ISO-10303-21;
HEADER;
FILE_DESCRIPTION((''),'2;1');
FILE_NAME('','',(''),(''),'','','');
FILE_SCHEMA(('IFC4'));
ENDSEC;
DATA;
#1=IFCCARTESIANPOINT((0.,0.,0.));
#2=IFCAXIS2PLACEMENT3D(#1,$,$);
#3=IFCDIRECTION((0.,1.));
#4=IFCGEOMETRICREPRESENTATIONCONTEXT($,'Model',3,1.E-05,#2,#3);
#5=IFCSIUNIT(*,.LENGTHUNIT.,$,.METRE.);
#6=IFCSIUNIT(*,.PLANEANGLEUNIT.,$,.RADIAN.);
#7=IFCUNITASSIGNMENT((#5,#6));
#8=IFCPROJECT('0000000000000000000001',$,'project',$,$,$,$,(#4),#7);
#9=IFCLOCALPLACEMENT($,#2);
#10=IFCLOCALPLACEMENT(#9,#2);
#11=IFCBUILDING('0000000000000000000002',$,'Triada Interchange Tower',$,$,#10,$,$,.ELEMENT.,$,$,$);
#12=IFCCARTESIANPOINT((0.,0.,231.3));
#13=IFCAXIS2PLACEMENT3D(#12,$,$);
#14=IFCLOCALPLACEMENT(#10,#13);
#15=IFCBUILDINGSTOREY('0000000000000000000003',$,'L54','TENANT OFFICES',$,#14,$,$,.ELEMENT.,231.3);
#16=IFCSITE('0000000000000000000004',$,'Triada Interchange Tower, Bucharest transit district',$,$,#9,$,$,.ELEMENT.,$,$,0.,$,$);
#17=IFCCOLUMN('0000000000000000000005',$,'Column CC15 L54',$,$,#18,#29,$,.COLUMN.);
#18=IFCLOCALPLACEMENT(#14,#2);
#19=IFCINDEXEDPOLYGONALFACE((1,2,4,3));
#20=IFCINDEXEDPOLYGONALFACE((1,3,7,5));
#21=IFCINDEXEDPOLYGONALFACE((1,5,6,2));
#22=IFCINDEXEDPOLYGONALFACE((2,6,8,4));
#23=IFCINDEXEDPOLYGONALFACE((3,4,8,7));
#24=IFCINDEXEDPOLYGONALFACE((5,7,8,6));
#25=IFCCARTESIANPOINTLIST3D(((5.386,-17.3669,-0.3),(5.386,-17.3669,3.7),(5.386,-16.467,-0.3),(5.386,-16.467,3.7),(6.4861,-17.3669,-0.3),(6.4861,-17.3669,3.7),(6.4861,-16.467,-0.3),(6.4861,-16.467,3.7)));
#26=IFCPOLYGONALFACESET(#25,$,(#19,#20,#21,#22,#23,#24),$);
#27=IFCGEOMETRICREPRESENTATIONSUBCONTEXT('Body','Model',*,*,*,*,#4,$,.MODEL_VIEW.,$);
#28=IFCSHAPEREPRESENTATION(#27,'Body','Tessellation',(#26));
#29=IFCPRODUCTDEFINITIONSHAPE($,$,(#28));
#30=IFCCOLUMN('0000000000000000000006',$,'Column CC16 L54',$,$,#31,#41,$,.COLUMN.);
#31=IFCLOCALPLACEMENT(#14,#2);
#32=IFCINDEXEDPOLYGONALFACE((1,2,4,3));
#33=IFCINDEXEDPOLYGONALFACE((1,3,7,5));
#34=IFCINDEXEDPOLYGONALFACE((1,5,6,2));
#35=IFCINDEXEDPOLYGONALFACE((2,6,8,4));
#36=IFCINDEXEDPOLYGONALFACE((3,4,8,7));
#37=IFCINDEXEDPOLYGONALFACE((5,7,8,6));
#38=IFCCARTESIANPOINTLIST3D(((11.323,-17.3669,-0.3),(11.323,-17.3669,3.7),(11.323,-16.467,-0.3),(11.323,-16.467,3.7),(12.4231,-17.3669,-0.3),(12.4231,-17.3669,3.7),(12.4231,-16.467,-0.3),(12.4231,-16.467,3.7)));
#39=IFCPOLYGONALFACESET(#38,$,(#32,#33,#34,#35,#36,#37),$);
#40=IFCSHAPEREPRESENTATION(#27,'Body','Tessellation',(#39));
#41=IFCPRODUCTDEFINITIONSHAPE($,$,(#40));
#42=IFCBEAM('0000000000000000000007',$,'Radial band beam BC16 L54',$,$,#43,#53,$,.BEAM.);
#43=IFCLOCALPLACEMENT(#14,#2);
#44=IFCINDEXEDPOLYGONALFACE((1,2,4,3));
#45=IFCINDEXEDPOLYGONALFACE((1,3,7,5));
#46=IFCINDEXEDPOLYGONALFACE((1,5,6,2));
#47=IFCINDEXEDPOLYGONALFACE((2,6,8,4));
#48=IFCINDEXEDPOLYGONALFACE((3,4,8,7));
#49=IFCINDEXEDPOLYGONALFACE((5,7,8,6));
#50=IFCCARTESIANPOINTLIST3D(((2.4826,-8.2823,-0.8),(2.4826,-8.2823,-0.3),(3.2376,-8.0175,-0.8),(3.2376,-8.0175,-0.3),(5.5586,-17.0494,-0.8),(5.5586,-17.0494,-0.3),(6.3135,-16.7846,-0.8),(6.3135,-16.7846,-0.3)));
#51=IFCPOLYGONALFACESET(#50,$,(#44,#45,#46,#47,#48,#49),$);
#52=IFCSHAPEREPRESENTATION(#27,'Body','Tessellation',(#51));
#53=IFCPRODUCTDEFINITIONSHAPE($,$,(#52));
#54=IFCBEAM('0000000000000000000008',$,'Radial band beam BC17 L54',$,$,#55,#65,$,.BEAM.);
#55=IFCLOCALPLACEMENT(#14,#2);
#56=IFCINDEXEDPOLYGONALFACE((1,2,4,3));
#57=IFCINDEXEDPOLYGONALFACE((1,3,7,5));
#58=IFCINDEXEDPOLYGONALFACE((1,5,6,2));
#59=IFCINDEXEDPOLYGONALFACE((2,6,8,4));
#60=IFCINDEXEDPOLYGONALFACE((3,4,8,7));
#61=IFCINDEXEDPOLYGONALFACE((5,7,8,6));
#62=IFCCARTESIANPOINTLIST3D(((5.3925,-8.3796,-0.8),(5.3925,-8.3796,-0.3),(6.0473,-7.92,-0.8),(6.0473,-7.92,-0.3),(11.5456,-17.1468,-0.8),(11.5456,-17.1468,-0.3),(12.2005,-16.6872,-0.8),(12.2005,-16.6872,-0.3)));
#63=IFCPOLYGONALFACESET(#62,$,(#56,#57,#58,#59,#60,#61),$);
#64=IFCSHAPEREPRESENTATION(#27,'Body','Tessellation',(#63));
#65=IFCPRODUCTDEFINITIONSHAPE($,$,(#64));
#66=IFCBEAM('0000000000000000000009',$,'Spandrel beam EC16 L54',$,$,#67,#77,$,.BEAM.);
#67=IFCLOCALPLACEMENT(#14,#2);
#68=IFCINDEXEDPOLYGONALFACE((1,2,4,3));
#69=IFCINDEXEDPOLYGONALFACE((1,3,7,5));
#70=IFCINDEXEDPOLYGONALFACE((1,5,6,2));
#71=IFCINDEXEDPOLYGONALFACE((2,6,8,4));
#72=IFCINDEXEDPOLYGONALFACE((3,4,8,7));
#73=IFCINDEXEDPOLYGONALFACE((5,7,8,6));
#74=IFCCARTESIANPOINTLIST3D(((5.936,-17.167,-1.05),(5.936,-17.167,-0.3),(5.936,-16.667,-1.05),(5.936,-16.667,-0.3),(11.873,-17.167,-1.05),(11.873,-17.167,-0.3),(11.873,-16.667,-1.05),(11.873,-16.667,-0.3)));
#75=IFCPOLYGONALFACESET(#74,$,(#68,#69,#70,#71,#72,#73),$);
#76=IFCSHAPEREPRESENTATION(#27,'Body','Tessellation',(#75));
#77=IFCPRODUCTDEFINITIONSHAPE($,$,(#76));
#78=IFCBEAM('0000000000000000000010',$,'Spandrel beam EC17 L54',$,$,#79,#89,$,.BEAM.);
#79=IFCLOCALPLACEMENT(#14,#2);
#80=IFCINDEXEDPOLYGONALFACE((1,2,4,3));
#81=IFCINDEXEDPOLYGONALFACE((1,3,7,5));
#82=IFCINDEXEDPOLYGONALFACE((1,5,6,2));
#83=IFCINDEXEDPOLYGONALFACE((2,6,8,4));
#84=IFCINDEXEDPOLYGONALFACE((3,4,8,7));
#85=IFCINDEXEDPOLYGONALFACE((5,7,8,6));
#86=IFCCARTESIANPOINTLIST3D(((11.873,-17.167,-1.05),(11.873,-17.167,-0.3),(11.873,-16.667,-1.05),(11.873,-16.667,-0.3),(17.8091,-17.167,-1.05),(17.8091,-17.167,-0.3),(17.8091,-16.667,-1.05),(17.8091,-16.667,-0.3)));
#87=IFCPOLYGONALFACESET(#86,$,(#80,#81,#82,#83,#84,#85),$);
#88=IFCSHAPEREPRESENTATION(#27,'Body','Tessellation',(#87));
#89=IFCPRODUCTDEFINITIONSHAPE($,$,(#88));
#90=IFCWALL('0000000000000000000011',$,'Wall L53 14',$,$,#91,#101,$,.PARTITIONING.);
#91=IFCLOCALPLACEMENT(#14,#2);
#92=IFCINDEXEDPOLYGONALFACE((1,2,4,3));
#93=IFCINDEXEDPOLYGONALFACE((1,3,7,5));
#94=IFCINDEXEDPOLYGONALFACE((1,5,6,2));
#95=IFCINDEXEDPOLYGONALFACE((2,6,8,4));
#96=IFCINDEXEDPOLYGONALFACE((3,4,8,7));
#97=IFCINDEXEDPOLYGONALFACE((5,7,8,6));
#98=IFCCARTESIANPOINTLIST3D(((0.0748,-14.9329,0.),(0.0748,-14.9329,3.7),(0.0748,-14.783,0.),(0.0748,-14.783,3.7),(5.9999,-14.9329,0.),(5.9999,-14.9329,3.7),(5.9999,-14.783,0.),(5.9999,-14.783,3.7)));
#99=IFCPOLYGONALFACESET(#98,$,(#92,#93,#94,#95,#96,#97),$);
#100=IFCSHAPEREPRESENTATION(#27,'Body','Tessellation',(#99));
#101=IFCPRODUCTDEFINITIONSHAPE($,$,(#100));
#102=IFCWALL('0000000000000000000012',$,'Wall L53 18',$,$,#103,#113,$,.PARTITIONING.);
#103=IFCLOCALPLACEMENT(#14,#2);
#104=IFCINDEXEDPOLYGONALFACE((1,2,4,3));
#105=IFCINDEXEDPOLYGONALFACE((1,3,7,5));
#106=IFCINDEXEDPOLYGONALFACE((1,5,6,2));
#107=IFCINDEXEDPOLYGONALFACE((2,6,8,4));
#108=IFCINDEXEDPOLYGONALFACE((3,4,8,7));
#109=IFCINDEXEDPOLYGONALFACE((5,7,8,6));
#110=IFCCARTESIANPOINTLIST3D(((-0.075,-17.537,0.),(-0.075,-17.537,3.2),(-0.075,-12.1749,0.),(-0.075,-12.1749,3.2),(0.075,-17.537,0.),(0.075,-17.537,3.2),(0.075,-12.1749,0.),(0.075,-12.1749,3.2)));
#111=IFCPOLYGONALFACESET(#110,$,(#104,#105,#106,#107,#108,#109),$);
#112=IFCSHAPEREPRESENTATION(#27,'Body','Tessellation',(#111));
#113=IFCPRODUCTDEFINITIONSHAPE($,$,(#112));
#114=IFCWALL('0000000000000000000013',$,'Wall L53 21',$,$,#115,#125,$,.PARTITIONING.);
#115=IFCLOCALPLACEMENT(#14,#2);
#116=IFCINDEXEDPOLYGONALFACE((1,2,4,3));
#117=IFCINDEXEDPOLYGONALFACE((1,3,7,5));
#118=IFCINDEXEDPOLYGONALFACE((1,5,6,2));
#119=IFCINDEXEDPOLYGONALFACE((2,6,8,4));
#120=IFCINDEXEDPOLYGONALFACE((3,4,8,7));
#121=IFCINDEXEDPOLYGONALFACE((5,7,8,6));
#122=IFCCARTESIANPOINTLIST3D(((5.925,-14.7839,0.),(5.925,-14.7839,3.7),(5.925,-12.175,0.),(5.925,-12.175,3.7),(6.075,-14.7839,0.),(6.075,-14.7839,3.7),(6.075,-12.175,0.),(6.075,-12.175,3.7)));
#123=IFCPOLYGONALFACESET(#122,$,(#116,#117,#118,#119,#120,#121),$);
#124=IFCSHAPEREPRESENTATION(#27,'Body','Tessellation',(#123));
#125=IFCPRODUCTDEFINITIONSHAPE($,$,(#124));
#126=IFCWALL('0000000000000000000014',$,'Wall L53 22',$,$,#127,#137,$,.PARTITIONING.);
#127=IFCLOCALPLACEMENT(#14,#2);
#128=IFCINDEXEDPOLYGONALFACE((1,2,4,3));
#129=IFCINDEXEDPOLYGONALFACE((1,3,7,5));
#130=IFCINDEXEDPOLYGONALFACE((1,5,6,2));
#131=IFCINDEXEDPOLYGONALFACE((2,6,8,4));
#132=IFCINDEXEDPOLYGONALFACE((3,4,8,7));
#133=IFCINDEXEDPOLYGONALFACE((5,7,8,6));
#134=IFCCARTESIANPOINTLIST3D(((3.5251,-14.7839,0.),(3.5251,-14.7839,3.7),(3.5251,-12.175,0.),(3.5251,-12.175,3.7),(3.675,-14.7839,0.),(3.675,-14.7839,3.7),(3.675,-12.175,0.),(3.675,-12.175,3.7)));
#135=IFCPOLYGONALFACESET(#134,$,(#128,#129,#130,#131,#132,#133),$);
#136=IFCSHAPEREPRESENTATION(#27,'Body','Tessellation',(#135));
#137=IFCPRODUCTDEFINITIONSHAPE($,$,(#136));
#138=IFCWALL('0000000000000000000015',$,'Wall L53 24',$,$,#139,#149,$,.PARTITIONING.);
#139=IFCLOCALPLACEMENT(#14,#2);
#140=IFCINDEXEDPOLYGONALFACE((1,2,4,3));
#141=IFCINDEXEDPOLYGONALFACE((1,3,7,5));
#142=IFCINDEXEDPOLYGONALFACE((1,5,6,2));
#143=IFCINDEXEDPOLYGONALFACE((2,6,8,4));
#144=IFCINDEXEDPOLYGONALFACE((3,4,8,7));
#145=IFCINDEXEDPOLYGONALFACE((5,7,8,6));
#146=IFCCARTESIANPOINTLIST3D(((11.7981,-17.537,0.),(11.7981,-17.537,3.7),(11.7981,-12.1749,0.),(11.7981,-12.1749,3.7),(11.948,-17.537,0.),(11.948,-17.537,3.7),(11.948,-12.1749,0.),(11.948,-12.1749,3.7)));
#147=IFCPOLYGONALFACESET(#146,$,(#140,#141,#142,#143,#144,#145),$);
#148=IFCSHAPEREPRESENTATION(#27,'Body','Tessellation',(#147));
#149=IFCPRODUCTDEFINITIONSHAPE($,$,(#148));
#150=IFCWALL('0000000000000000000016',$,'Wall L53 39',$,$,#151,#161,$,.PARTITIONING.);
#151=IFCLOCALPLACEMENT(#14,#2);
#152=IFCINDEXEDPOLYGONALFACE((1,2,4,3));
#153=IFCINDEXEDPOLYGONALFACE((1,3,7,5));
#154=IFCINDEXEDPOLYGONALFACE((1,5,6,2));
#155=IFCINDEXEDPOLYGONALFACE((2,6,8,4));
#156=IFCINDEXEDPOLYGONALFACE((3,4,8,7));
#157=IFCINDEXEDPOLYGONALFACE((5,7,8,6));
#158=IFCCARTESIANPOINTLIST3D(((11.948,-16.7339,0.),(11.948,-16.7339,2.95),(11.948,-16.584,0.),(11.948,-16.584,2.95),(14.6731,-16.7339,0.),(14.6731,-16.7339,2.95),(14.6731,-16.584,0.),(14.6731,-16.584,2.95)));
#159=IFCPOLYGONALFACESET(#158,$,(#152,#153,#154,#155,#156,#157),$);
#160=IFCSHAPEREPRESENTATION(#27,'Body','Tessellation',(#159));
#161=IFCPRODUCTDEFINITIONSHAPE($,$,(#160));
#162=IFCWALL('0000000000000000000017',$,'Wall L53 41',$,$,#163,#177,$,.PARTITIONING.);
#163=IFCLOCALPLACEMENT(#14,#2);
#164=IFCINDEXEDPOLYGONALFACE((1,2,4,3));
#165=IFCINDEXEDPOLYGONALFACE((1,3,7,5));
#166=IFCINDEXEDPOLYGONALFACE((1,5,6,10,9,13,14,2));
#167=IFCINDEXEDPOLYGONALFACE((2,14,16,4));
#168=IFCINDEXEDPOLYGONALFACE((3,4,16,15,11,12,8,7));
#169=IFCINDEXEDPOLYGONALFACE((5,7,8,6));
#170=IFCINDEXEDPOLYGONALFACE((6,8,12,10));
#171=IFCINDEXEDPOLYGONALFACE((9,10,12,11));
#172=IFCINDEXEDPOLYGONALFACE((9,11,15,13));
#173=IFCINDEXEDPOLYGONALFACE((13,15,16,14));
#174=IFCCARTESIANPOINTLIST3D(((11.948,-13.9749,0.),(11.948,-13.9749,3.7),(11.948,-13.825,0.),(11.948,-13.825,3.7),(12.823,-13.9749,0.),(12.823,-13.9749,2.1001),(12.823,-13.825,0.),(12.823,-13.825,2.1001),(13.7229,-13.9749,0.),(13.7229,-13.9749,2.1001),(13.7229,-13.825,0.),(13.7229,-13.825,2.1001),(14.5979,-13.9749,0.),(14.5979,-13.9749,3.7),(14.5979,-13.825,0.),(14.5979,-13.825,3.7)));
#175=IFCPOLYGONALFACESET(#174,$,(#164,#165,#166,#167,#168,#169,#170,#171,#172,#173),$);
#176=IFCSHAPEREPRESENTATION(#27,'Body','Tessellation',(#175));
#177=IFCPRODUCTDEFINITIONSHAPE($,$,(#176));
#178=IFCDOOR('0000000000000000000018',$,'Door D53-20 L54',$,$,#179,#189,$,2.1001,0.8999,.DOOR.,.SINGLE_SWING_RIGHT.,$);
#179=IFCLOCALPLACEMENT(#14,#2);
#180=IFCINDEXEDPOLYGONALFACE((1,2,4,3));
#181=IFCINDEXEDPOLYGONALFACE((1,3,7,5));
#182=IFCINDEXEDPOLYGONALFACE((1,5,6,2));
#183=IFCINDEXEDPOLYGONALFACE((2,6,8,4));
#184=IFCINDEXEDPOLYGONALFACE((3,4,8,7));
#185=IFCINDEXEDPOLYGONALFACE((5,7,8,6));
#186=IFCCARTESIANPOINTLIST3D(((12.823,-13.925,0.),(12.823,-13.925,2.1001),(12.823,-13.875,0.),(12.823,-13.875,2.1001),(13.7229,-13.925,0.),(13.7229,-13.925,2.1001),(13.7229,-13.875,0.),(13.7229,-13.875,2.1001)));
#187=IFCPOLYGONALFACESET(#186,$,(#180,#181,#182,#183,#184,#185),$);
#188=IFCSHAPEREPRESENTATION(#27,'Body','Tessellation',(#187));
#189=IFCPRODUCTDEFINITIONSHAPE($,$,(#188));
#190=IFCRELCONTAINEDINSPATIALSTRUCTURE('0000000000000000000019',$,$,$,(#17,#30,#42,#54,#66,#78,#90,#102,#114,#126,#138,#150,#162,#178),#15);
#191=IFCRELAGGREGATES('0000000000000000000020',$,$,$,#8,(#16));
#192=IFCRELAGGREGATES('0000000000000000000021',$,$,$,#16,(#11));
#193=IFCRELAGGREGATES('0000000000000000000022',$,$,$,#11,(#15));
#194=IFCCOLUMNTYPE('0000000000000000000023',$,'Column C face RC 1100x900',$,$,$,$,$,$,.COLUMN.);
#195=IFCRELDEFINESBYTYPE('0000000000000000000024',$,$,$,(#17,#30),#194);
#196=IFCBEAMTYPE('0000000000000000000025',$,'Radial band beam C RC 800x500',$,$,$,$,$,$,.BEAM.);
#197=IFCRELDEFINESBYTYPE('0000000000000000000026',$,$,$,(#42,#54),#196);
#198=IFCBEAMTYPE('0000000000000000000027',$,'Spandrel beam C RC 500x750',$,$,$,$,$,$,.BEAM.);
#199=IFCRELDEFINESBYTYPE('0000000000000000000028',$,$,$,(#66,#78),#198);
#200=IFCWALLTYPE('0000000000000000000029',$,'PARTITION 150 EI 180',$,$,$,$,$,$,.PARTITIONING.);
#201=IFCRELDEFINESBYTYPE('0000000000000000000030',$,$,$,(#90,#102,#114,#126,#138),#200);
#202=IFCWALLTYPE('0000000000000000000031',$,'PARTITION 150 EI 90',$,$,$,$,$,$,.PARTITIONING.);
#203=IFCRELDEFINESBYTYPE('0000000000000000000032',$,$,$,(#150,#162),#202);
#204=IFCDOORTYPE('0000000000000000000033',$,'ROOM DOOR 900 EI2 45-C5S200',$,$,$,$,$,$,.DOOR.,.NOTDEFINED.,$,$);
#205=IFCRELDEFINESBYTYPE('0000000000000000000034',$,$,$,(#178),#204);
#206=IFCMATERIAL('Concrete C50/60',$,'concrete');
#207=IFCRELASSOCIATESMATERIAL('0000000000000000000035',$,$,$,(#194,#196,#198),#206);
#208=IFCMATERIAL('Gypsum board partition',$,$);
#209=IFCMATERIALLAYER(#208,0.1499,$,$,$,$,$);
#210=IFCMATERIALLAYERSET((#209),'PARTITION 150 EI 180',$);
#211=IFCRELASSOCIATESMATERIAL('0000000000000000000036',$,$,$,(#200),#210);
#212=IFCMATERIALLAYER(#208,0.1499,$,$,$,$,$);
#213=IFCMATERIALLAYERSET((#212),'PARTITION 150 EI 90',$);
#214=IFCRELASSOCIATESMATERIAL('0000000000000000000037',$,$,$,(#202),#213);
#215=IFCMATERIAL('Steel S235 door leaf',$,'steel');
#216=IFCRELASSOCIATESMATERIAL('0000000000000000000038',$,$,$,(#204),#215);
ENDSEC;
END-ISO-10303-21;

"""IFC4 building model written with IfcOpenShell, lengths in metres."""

from ifc_helpers import new_model, si_unit, direction, frame, frame_2d, origin, origin_2d, place, context, subcontext, project, spatial, rectangle, extrude, material, layer, layer_set, material_profile, profile_set, type_object, element, fill, save


model = new_model("IFC4")

# Units and contexts
model_context = context("Model", 3, precision=1e-05, world=origin(), true_north=direction((0.0, 1.0)))
body_context = subcontext(model_context, "Body", "Model", "MODEL_VIEW")
ifc_project = project(units=[si_unit("LENGTHUNIT", "METRE"), si_unit("PLANEANGLEUNIT", "RADIAN")], contexts=[model_context])

# Site, building, storey
site_placement = place(None, origin())
site = spatial("IfcSite", under=ifc_project, at=site_placement, Name="Triada Interchange Tower, Bucharest transit district", CompositionType="ELEMENT", RefElevation=0.0)
building_placement = place(site_placement, origin())
building = spatial("IfcBuilding", under=site, at=building_placement, Name="Triada Interchange Tower", CompositionType="ELEMENT")
storey_placement = place(building_placement, frame((0.0, 0.0, 231.3)))
storey = spatial("IfcBuildingStorey", under=building, at=storey_placement, Name="L54", Description="TENANT OFFICES", CompositionType="ELEMENT", Elevation=231.3)

# Columns
ifc_material_1 = material(Name="Concrete C50/60", Category="concrete")
ifc_material_profile_1 = material_profile(ifc_material_1, rectangle(XDim=1.1001, YDim=0.8999, at=origin_2d()), Name="RC 1100x900")
ifc_profile_set_1 = profile_set([ifc_material_profile_1], Name="Concrete C50/60")
column_type = type_object("IfcColumnType", Name="Column C face RC 1100x900", PredefinedType="COLUMN", material=ifc_profile_set_1)
for number, where, z_axis, x_axis, name in (
    (1, (5.936, -16.917, -0.3), (0.0, 0.0, 1.0), (1.0, 0.0, 0.0), "Column CC15 L54"),
    (2, (11.873, -16.917, -0.3), (0.0, 0.0, 1.0), (1.0, 0.0, 0.0), "Column CC16 L54"),
):
    element("IfcColumn", number, at=place(storey_placement, frame(where, z_axis=z_axis, x_axis=x_axis)), inside=storey, type_object=column_type, Name=name, PredefinedType="COLUMN", context=body_context, shape_type="SweptSolid", body=[
        extrude(rectangle(XDim=1.1001, YDim=0.8999, at=origin_2d()), origin(), (0.0, 0.0, 1.0), 4.0),
    ])

# Beams
ifc_material_profile_2 = material_profile(ifc_material_1, rectangle(XDim=0.8, YDim=0.5, at=origin_2d()), Name="RC 800x500")
ifc_profile_set_2 = profile_set([ifc_material_profile_2], Name="Concrete C50/60")
beam_type_1 = type_object("IfcBeamType", Name="Radial band beam C RC 800x500", PredefinedType="BEAM", material=ifc_profile_set_2)
beam_1_placement = place(storey_placement, frame((5.936, -16.917, -0.55), z_axis=(-0.331064, 0.943608, 0.0), x_axis=(-0.943608, -0.331064, 0.0)))
element("IfcBeam", 3, at=beam_1_placement, inside=storey, type_object=beam_type_1, Name="Radial band beam BC16 L54", PredefinedType="BEAM", context=body_context, shape_type="SweptSolid", body=[
    extrude(rectangle(XDim=0.8, YDim=0.5, at=origin_2d()), origin(), (0.0, 0.0, 1.0), 9.291),
])
beam_2_placement = place(storey_placement, frame((11.873, -16.917, -0.55), z_axis=(-0.574472, 0.818525, 0.0), x_axis=(-0.818525, -0.574472, 0.0)))
element("IfcBeam", 4, at=beam_2_placement, inside=storey, type_object=beam_type_1, Name="Radial band beam BC17 L54", PredefinedType="BEAM", context=body_context, shape_type="SweptSolid", body=[
    extrude(rectangle(XDim=0.8, YDim=0.5, at=origin_2d()), origin(), (0.0, 0.0, 1.0), 10.7109),
])
ifc_material_profile_3 = material_profile(ifc_material_1, rectangle(XDim=0.5, YDim=0.75, at=origin_2d()), Name="RC 500x750")
ifc_profile_set_3 = profile_set([ifc_material_profile_3], Name="Concrete C50/60")
beam_type_2 = type_object("IfcBeamType", Name="Spandrel beam C RC 500x750", PredefinedType="BEAM", material=ifc_profile_set_3)
beam_3_placement = place(storey_placement, frame((5.936, -16.917, -0.675), z_axis=(1.0, 0.0, 0.0), x_axis=(0.0, 1.0, 0.0)))
element("IfcBeam", 5, at=beam_3_placement, inside=storey, type_object=beam_type_2, Name="Spandrel beam EC16 L54", PredefinedType="BEAM", context=body_context, shape_type="SweptSolid", body=[
    extrude(rectangle(XDim=0.5, YDim=0.75, at=origin_2d()), origin(), (0.0, 0.0, 1.0), 5.937),
])
beam_4_placement = place(storey_placement, frame((11.873, -16.917, -0.675), z_axis=(1.0, 0.0, 0.0), x_axis=(0.0, 1.0, 0.0)))
element("IfcBeam", 6, at=beam_4_placement, inside=storey, type_object=beam_type_2, Name="Spandrel beam EC17 L54", PredefinedType="BEAM", context=body_context, shape_type="SweptSolid", body=[
    extrude(rectangle(XDim=0.5, YDim=0.75, at=origin_2d()), origin(), (0.0, 0.0, 1.0), 5.936),
])

# Walls
ifc_material_2 = material(Name="Gypsum board partition")
ifc_layer_1 = layer(ifc_material_2, 0.1499)
ifc_layer_set_1 = layer_set([ifc_layer_1], Name="PARTITION 150 EI 180")
wall_type_1 = type_object("IfcWallType", Name="PARTITION 150 EI 180", PredefinedType="PARTITIONING", material=ifc_layer_set_1)
wall_1_placement = place(storey_placement, frame((0.075, -14.8579, 0.0), z_axis=(0.0, 0.0, 1.0), x_axis=(1.0, 0.0, 0.0)))
element("IfcWall", 7, at=wall_1_placement, inside=storey, type_object=wall_type_1, Name="Wall L53 14", PredefinedType="PARTITIONING", context=body_context, shape_type="SweptSolid", body=[
    extrude(rectangle(XDim=5.925, YDim=0.1499, at=frame_2d((2.9624, 0.0))), origin(), (0.0, 0.0, 1.0), 3.7),
])
wall_2_placement = place(storey_placement, frame((0.0, -17.5371, 0.0), z_axis=(0.0, 0.0, 1.0), x_axis=(0.0, 1.0, 0.0)))
element("IfcWall", 8, at=wall_2_placement, inside=storey, type_object=wall_type_1, Name="Wall L53 18", PredefinedType="PARTITIONING", context=body_context, shape_type="SweptSolid", body=[
    extrude(rectangle(XDim=5.3621, YDim=0.1499, at=frame_2d((2.6812, 0.0))), origin(), (0.0, 0.0, 1.0), 3.2),
])
for number, where, z_axis, x_axis, name in (
    (9, (6.0, -14.7839, 0.0), (0.0, 0.0, 1.0), (0.0, 1.0, 0.0), "Wall L53 21"),
    (10, (3.6001, -14.7839, 0.0), (0.0, 0.0, 1.0), (0.0, 1.0, 0.0), "Wall L53 22"),
):
    element("IfcWall", number, at=place(storey_placement, frame(where, z_axis=z_axis, x_axis=x_axis)), inside=storey, type_object=wall_type_1, Name=name, PredefinedType="PARTITIONING", context=body_context, shape_type="SweptSolid", body=[
        extrude(rectangle(XDim=2.6089, YDim=0.1499, at=frame_2d((1.3044, 0.0))), origin(), (0.0, 0.0, 1.0), 3.7),
    ])
wall_3_placement = place(storey_placement, frame((11.873, -17.5371, 0.0), z_axis=(0.0, 0.0, 1.0), x_axis=(0.0, 1.0, 0.0)))
element("IfcWall", 11, at=wall_3_placement, inside=storey, type_object=wall_type_1, Name="Wall L53 24", PredefinedType="PARTITIONING", context=body_context, shape_type="SweptSolid", body=[
    extrude(rectangle(XDim=5.3621, YDim=0.1499, at=frame_2d((2.6812, 0.0))), origin(), (0.0, 0.0, 1.0), 3.7),
])
ifc_layer_2 = layer(ifc_material_2, 0.1499)
ifc_layer_set_2 = layer_set([ifc_layer_2], Name="PARTITION 150 EI 90")
wall_type_2 = type_object("IfcWallType", Name="PARTITION 150 EI 90", PredefinedType="PARTITIONING", material=ifc_layer_set_2)
wall_4_placement = place(storey_placement, frame((11.948, -16.6589, 0.0), z_axis=(0.0, 0.0, 1.0), x_axis=(1.0, 0.0, 0.0)))
element("IfcWall", 12, at=wall_4_placement, inside=storey, type_object=wall_type_2, Name="Wall L53 39", PredefinedType="PARTITIONING", context=body_context, shape_type="SweptSolid", body=[
    extrude(rectangle(XDim=2.7251, YDim=0.1499, at=frame_2d((1.3625, 0.0))), origin(), (0.0, 0.0, 1.0), 2.95),
])

# Wall, opening, door
wall_5_placement = place(storey_placement, frame((11.948, -13.8999, 0.0), z_axis=(0.0, 0.0, 1.0), x_axis=(1.0, 0.0, 0.0)))
wall_5 = element("IfcWall", 13, at=wall_5_placement, inside=storey, type_object=wall_type_2, Name="Wall L53 41", PredefinedType="PARTITIONING", context=body_context, shape_type="SweptSolid", body=[
    extrude(rectangle(XDim=2.6499, YDim=0.1499, at=frame_2d((1.325, 0.0))), origin(), (0.0, 0.0, 1.0), 3.7),
])
opening_placement = place(wall_5_placement, frame((0.875, 0.0, 0.0)))
opening = element("IfcOpeningElement", 14, at=opening_placement, cuts=wall_5, PredefinedType="OPENING", context=body_context, shape_type="SweptSolid", body=[
    extrude(rectangle(XDim=0.8999, YDim=2.1001, at=frame_2d((0.45, 1.05))), frame((0.0, 0.085, 0.0), z_axis=(0.0, -1.0, 0.0), x_axis=(1.0, 0.0, 0.0)), (0.0, 0.0, 1.0), 0.1699),
])
ifc_material_3 = material(Name="Steel S235 door leaf", Category="steel")
door_type = type_object("IfcDoorType", Name="ROOM DOOR 900 EI2 45-C5S200", OperationType="NOTDEFINED", PredefinedType="DOOR", material=ifc_material_3)
door_placement = place(opening_placement, origin())
door = element("IfcDoor", 15, at=door_placement, inside=storey, type_object=door_type, Name="Door D53-20 L54", OperationType="SINGLE_SWING_RIGHT", OverallHeight=2.1001, OverallWidth=0.8999, PredefinedType="DOOR", context=body_context, shape_type="SweptSolid", body=[
    extrude(rectangle(XDim=0.8999, YDim=2.1001, at=frame_2d((0.45, 1.05))), frame((0.0, 0.0249, 0.0), z_axis=(0.0, -1.0, 0.0), x_axis=(1.0, 0.0, 0.0)), (0.0, 0.0, 1.0), 0.05),
])
fill(opening, door)

save(model, "model.ifc")
